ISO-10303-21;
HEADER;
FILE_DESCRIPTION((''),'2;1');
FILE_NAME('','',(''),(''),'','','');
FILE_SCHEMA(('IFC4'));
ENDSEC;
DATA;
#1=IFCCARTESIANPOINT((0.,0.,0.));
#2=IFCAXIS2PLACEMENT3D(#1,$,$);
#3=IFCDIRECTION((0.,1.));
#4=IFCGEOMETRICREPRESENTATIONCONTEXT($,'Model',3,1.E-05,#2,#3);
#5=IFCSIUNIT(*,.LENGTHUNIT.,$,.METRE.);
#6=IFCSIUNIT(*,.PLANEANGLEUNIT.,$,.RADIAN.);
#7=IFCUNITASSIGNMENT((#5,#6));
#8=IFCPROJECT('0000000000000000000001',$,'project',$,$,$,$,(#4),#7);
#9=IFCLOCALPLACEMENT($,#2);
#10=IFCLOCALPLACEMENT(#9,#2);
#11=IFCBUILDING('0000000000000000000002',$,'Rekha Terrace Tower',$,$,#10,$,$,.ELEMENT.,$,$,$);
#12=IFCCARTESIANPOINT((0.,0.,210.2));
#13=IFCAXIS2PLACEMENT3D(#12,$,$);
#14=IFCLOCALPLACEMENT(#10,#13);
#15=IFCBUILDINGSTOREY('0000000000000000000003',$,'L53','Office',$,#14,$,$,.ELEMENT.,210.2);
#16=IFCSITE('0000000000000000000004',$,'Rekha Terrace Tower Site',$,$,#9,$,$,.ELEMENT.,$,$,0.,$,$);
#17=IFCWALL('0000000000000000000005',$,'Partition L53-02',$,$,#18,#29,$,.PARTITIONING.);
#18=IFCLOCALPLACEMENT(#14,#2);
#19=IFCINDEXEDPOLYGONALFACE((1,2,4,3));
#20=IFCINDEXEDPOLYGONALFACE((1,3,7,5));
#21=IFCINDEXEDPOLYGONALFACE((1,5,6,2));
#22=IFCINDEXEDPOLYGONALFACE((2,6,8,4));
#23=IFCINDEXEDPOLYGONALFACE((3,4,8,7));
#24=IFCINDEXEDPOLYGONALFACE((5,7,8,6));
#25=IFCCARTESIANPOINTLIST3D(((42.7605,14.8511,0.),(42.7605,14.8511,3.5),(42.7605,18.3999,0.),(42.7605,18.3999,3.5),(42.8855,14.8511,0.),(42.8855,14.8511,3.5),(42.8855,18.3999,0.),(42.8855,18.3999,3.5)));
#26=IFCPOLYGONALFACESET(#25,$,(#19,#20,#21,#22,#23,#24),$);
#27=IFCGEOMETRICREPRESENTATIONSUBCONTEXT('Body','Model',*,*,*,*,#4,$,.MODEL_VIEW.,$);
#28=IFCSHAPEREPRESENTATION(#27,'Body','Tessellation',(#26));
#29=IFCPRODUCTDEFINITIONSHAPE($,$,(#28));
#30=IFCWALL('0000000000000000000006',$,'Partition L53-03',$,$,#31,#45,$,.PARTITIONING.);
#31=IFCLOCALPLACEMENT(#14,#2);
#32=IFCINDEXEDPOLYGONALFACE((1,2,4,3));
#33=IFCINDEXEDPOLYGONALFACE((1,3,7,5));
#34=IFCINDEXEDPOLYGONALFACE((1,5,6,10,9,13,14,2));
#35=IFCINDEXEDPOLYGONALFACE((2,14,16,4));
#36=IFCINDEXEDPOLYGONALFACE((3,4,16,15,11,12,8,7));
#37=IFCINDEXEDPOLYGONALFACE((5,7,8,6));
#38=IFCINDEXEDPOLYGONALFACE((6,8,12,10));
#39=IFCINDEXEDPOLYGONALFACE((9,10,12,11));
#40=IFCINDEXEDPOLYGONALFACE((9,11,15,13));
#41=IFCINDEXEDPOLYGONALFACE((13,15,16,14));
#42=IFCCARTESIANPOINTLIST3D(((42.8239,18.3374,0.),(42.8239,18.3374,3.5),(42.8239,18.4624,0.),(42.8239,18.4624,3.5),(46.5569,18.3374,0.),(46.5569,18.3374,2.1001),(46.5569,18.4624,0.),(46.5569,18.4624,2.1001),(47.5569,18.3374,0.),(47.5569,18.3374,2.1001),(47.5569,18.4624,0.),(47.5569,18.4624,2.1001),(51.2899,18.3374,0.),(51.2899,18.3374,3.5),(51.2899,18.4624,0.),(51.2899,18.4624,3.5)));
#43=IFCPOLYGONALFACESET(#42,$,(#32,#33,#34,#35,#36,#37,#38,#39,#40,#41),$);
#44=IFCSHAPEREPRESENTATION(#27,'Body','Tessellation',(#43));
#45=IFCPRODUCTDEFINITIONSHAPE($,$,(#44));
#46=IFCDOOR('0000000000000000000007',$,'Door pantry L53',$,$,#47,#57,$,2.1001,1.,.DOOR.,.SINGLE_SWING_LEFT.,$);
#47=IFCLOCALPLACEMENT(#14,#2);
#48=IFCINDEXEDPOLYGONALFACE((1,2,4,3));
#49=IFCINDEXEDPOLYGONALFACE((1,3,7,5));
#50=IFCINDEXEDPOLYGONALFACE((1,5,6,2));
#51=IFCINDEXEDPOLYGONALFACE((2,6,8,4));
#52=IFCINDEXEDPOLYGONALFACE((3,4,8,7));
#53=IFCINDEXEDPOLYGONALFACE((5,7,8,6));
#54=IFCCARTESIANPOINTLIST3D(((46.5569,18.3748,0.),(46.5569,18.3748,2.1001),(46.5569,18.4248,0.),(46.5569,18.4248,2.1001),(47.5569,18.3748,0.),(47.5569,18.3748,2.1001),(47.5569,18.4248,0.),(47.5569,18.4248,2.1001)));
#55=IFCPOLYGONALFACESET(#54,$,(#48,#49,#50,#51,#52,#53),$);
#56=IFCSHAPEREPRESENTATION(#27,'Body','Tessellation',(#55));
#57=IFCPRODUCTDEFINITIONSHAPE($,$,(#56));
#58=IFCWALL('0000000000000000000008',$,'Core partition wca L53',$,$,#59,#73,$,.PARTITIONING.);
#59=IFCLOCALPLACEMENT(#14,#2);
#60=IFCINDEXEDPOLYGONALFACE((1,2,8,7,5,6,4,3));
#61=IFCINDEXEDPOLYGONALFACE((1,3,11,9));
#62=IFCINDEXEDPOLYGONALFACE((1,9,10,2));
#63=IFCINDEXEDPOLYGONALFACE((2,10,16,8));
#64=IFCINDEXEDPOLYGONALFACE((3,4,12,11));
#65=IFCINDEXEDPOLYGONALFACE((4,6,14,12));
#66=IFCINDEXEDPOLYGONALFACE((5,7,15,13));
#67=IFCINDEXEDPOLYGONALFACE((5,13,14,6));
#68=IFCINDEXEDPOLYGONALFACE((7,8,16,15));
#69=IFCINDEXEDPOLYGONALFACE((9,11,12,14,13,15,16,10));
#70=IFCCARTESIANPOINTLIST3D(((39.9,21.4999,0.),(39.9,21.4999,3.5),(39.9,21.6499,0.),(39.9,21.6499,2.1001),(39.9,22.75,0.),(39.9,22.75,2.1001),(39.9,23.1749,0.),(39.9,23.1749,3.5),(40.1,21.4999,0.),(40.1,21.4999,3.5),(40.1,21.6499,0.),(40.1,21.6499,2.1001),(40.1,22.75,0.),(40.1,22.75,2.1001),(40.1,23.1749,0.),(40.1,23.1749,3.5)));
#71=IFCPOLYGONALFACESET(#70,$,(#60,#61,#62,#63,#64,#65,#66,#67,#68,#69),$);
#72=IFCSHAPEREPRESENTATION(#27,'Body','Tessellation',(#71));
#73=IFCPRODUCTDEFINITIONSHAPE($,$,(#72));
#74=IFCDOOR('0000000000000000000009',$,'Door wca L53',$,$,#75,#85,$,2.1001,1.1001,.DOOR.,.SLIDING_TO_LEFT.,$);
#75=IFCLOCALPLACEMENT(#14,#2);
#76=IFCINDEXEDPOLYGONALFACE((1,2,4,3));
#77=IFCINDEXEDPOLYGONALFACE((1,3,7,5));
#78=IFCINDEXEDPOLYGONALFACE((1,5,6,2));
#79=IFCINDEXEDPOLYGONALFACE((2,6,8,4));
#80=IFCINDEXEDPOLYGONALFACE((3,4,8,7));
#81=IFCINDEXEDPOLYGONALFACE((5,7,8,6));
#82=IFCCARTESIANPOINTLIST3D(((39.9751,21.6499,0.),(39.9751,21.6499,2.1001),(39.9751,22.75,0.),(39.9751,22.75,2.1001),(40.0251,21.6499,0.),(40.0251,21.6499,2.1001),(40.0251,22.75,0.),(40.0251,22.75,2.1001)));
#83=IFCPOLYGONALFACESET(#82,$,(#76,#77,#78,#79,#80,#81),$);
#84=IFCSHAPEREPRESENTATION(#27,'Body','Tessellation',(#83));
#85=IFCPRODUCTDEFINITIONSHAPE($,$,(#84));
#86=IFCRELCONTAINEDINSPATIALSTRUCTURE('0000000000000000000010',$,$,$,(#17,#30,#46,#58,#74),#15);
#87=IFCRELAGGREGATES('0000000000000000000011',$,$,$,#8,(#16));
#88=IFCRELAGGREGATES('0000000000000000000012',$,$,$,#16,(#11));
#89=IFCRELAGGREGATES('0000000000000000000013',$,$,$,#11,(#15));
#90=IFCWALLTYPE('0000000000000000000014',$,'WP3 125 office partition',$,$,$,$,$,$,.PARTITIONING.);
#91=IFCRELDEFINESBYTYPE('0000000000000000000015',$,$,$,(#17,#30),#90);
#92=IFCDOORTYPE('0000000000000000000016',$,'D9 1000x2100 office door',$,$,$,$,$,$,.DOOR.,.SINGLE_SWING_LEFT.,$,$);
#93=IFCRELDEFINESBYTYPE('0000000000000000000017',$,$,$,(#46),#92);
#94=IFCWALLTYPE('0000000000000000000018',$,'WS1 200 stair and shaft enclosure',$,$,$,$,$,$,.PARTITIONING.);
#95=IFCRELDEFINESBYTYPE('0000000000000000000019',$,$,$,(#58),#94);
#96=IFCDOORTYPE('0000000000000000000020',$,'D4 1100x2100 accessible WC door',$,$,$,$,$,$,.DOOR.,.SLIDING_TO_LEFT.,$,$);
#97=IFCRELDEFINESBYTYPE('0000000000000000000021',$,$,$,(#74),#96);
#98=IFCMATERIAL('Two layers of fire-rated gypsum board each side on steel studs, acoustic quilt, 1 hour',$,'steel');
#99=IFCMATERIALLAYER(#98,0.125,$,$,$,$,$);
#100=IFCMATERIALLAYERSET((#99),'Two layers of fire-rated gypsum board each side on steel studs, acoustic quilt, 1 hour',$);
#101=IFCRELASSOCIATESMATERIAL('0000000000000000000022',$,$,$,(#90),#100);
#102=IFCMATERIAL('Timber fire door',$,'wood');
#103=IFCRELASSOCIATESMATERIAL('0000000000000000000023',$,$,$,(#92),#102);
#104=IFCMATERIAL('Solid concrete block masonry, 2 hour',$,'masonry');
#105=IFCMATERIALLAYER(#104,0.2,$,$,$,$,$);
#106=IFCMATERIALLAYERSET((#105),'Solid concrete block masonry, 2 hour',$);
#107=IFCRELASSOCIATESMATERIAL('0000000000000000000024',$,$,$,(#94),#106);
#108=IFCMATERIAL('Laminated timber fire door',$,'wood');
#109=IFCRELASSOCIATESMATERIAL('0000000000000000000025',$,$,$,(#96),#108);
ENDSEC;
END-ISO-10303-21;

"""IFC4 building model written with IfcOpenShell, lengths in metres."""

from ifc_helpers import new_model, si_unit, direction, frame, frame_2d, origin, place, context, subcontext, project, spatial, rectangle, extrude, material, layer, layer_set, type_object, element, fill, save


model = new_model("IFC4")

# Units and contexts
model_context = context("Model", 3, precision=1e-05, world=origin(), true_north=direction((0.0, 1.0)))
body_context = subcontext(model_context, "Body", "Model", "MODEL_VIEW")
ifc_project = project(units=[si_unit("LENGTHUNIT", "METRE"), si_unit("PLANEANGLEUNIT", "RADIAN")], contexts=[model_context])

# Site, building, storey
site_placement = place(None, origin())
site = spatial("IfcSite", under=ifc_project, at=site_placement, Name="Rekha Terrace Tower Site", CompositionType="ELEMENT", RefElevation=0.0)
building_placement = place(site_placement, origin())
building = spatial("IfcBuilding", under=site, at=building_placement, Name="Rekha Terrace Tower", CompositionType="ELEMENT")
storey_placement = place(building_placement, frame((0.0, 0.0, 210.2)))
storey = spatial("IfcBuildingStorey", under=building, at=storey_placement, Name="L53", Description="Office", CompositionType="ELEMENT", Elevation=210.2)

# Wall
ifc_material_1 = material(Name="Two layers of fire-rated gypsum board each side on steel studs, acoustic quilt, 1 hour", Category="steel")
ifc_layer_1 = layer(ifc_material_1, 0.125)
ifc_layer_set_1 = layer_set([ifc_layer_1], Name="Two layers of fire-rated gypsum board each side on steel studs, acoustic quilt, 1 hour")
wall_type_1 = type_object("IfcWallType", Name="WP3 125 office partition", PredefinedType="PARTITIONING", material=ifc_layer_set_1)
wall_1_placement = place(storey_placement, frame((42.823, 18.3999, 0.0), z_axis=(0.0, 0.0, 1.0), x_axis=(0.0, -1.0, 0.0)))
element("IfcWall", 1, at=wall_1_placement, inside=storey, type_object=wall_type_1, Name="Partition L53-02", PredefinedType="PARTITIONING", context=body_context, shape_type="SweptSolid", body=[
    extrude(rectangle(XDim=3.5488, YDim=0.125, at=frame_2d((1.7744, 0.0))), origin(), (0.0, 0.0, 1.0), 3.5),
])

# Walls, openings, doors
wall_2_placement = place(storey_placement, frame((42.824, 18.3999, 0.0), z_axis=(0.0, 0.0, 1.0), x_axis=(1.0, 0.0, 0.0)))
wall_2 = element("IfcWall", 2, at=wall_2_placement, inside=storey, type_object=wall_type_1, Name="Partition L53-03", PredefinedType="PARTITIONING", context=body_context, shape_type="SweptSolid", body=[
    extrude(rectangle(XDim=8.4661, YDim=0.125, at=frame_2d((4.2329, 0.0))), origin(), (0.0, 0.0, 1.0), 3.5),
])
opening_1_placement = place(wall_2_placement, frame((3.7329, 0.0, 0.0)))
opening_1 = element("IfcOpeningElement", 3, at=opening_1_placement, cuts=wall_2, PredefinedType="OPENING", context=body_context, shape_type="SweptSolid", body=[
    extrude(rectangle(XDim=1.0, YDim=2.1001, at=frame_2d((0.5, 1.05))), frame((0.0, 0.0725, 0.0), z_axis=(0.0, -1.0, 0.0), x_axis=(1.0, 0.0, 0.0)), (0.0, 0.0, 1.0), 0.145),
])
ifc_material_2 = material(Name="Timber fire door", Category="wood")
door_type_1 = type_object("IfcDoorType", Name="D9 1000x2100 office door", OperationType="SINGLE_SWING_LEFT", PredefinedType="DOOR", material=ifc_material_2)
door_1_placement = place(opening_1_placement, origin())
door_1 = element("IfcDoor", 4, at=door_1_placement, inside=storey, type_object=door_type_1, Name="Door pantry L53", OperationType="SINGLE_SWING_LEFT", OverallHeight=2.1001, OverallWidth=1.0, PredefinedType="DOOR", context=body_context, shape_type="SweptSolid", body=[
    extrude(rectangle(XDim=1.0, YDim=2.1001, at=frame_2d((0.5, 1.05))), frame((0.0, 0.0249, 0.0), z_axis=(0.0, -1.0, 0.0), x_axis=(1.0, 0.0, 0.0)), (0.0, 0.0, 1.0), 0.05),
])
fill(opening_1, door_1)
ifc_material_3 = material(Name="Solid concrete block masonry, 2 hour", Category="masonry")
ifc_layer_2 = layer(ifc_material_3, 0.2)
ifc_layer_set_2 = layer_set([ifc_layer_2], Name="Solid concrete block masonry, 2 hour")
wall_type_2 = type_object("IfcWallType", Name="WS1 200 stair and shaft enclosure", PredefinedType="PARTITIONING", material=ifc_layer_set_2)
wall_3_placement = place(storey_placement, frame((40.0, 21.5, 0.0), z_axis=(0.0, 0.0, 1.0), x_axis=(0.0, 1.0, 0.0)))
wall_3 = element("IfcWall", 5, at=wall_3_placement, inside=storey, type_object=wall_type_2, Name="Core partition wca L53", PredefinedType="PARTITIONING", context=body_context, shape_type="SweptSolid", body=[
    extrude(rectangle(XDim=1.675, YDim=0.2, at=frame_2d((0.8374, 0.0))), origin(), (0.0, 0.0, 1.0), 3.5),
])
opening_2_placement = place(wall_3_placement, frame((0.1499, 0.0, 0.0)))
opening_2 = element("IfcOpeningElement", 6, at=opening_2_placement, cuts=wall_3, PredefinedType="OPENING", context=body_context, shape_type="SweptSolid", body=[
    extrude(rectangle(XDim=1.1001, YDim=2.1001, at=frame_2d((0.55, 1.05))), frame((0.0, 0.1099, 0.0), z_axis=(0.0, -1.0, 0.0), x_axis=(1.0, 0.0, 0.0)), (0.0, 0.0, 1.0), 0.22),
])
ifc_material_4 = material(Name="Laminated timber fire door", Category="wood")
door_type_2 = type_object("IfcDoorType", Name="D4 1100x2100 accessible WC door", OperationType="SLIDING_TO_LEFT", PredefinedType="DOOR", material=ifc_material_4)
door_2_placement = place(opening_2_placement, origin())
door_2 = element("IfcDoor", 7, at=door_2_placement, inside=storey, type_object=door_type_2, Name="Door wca L53", OperationType="SLIDING_TO_LEFT", OverallHeight=2.1001, OverallWidth=1.1001, PredefinedType="DOOR", context=body_context, shape_type="SweptSolid", body=[
    extrude(rectangle(XDim=1.1001, YDim=2.1001, at=frame_2d((0.55, 1.05))), frame((0.0, 0.0249, 0.0), z_axis=(0.0, -1.0, 0.0), x_axis=(1.0, 0.0, 0.0)), (0.0, 0.0, 1.0), 0.05),
])
fill(opening_2, door_2)

save(model, "model.ifc")
